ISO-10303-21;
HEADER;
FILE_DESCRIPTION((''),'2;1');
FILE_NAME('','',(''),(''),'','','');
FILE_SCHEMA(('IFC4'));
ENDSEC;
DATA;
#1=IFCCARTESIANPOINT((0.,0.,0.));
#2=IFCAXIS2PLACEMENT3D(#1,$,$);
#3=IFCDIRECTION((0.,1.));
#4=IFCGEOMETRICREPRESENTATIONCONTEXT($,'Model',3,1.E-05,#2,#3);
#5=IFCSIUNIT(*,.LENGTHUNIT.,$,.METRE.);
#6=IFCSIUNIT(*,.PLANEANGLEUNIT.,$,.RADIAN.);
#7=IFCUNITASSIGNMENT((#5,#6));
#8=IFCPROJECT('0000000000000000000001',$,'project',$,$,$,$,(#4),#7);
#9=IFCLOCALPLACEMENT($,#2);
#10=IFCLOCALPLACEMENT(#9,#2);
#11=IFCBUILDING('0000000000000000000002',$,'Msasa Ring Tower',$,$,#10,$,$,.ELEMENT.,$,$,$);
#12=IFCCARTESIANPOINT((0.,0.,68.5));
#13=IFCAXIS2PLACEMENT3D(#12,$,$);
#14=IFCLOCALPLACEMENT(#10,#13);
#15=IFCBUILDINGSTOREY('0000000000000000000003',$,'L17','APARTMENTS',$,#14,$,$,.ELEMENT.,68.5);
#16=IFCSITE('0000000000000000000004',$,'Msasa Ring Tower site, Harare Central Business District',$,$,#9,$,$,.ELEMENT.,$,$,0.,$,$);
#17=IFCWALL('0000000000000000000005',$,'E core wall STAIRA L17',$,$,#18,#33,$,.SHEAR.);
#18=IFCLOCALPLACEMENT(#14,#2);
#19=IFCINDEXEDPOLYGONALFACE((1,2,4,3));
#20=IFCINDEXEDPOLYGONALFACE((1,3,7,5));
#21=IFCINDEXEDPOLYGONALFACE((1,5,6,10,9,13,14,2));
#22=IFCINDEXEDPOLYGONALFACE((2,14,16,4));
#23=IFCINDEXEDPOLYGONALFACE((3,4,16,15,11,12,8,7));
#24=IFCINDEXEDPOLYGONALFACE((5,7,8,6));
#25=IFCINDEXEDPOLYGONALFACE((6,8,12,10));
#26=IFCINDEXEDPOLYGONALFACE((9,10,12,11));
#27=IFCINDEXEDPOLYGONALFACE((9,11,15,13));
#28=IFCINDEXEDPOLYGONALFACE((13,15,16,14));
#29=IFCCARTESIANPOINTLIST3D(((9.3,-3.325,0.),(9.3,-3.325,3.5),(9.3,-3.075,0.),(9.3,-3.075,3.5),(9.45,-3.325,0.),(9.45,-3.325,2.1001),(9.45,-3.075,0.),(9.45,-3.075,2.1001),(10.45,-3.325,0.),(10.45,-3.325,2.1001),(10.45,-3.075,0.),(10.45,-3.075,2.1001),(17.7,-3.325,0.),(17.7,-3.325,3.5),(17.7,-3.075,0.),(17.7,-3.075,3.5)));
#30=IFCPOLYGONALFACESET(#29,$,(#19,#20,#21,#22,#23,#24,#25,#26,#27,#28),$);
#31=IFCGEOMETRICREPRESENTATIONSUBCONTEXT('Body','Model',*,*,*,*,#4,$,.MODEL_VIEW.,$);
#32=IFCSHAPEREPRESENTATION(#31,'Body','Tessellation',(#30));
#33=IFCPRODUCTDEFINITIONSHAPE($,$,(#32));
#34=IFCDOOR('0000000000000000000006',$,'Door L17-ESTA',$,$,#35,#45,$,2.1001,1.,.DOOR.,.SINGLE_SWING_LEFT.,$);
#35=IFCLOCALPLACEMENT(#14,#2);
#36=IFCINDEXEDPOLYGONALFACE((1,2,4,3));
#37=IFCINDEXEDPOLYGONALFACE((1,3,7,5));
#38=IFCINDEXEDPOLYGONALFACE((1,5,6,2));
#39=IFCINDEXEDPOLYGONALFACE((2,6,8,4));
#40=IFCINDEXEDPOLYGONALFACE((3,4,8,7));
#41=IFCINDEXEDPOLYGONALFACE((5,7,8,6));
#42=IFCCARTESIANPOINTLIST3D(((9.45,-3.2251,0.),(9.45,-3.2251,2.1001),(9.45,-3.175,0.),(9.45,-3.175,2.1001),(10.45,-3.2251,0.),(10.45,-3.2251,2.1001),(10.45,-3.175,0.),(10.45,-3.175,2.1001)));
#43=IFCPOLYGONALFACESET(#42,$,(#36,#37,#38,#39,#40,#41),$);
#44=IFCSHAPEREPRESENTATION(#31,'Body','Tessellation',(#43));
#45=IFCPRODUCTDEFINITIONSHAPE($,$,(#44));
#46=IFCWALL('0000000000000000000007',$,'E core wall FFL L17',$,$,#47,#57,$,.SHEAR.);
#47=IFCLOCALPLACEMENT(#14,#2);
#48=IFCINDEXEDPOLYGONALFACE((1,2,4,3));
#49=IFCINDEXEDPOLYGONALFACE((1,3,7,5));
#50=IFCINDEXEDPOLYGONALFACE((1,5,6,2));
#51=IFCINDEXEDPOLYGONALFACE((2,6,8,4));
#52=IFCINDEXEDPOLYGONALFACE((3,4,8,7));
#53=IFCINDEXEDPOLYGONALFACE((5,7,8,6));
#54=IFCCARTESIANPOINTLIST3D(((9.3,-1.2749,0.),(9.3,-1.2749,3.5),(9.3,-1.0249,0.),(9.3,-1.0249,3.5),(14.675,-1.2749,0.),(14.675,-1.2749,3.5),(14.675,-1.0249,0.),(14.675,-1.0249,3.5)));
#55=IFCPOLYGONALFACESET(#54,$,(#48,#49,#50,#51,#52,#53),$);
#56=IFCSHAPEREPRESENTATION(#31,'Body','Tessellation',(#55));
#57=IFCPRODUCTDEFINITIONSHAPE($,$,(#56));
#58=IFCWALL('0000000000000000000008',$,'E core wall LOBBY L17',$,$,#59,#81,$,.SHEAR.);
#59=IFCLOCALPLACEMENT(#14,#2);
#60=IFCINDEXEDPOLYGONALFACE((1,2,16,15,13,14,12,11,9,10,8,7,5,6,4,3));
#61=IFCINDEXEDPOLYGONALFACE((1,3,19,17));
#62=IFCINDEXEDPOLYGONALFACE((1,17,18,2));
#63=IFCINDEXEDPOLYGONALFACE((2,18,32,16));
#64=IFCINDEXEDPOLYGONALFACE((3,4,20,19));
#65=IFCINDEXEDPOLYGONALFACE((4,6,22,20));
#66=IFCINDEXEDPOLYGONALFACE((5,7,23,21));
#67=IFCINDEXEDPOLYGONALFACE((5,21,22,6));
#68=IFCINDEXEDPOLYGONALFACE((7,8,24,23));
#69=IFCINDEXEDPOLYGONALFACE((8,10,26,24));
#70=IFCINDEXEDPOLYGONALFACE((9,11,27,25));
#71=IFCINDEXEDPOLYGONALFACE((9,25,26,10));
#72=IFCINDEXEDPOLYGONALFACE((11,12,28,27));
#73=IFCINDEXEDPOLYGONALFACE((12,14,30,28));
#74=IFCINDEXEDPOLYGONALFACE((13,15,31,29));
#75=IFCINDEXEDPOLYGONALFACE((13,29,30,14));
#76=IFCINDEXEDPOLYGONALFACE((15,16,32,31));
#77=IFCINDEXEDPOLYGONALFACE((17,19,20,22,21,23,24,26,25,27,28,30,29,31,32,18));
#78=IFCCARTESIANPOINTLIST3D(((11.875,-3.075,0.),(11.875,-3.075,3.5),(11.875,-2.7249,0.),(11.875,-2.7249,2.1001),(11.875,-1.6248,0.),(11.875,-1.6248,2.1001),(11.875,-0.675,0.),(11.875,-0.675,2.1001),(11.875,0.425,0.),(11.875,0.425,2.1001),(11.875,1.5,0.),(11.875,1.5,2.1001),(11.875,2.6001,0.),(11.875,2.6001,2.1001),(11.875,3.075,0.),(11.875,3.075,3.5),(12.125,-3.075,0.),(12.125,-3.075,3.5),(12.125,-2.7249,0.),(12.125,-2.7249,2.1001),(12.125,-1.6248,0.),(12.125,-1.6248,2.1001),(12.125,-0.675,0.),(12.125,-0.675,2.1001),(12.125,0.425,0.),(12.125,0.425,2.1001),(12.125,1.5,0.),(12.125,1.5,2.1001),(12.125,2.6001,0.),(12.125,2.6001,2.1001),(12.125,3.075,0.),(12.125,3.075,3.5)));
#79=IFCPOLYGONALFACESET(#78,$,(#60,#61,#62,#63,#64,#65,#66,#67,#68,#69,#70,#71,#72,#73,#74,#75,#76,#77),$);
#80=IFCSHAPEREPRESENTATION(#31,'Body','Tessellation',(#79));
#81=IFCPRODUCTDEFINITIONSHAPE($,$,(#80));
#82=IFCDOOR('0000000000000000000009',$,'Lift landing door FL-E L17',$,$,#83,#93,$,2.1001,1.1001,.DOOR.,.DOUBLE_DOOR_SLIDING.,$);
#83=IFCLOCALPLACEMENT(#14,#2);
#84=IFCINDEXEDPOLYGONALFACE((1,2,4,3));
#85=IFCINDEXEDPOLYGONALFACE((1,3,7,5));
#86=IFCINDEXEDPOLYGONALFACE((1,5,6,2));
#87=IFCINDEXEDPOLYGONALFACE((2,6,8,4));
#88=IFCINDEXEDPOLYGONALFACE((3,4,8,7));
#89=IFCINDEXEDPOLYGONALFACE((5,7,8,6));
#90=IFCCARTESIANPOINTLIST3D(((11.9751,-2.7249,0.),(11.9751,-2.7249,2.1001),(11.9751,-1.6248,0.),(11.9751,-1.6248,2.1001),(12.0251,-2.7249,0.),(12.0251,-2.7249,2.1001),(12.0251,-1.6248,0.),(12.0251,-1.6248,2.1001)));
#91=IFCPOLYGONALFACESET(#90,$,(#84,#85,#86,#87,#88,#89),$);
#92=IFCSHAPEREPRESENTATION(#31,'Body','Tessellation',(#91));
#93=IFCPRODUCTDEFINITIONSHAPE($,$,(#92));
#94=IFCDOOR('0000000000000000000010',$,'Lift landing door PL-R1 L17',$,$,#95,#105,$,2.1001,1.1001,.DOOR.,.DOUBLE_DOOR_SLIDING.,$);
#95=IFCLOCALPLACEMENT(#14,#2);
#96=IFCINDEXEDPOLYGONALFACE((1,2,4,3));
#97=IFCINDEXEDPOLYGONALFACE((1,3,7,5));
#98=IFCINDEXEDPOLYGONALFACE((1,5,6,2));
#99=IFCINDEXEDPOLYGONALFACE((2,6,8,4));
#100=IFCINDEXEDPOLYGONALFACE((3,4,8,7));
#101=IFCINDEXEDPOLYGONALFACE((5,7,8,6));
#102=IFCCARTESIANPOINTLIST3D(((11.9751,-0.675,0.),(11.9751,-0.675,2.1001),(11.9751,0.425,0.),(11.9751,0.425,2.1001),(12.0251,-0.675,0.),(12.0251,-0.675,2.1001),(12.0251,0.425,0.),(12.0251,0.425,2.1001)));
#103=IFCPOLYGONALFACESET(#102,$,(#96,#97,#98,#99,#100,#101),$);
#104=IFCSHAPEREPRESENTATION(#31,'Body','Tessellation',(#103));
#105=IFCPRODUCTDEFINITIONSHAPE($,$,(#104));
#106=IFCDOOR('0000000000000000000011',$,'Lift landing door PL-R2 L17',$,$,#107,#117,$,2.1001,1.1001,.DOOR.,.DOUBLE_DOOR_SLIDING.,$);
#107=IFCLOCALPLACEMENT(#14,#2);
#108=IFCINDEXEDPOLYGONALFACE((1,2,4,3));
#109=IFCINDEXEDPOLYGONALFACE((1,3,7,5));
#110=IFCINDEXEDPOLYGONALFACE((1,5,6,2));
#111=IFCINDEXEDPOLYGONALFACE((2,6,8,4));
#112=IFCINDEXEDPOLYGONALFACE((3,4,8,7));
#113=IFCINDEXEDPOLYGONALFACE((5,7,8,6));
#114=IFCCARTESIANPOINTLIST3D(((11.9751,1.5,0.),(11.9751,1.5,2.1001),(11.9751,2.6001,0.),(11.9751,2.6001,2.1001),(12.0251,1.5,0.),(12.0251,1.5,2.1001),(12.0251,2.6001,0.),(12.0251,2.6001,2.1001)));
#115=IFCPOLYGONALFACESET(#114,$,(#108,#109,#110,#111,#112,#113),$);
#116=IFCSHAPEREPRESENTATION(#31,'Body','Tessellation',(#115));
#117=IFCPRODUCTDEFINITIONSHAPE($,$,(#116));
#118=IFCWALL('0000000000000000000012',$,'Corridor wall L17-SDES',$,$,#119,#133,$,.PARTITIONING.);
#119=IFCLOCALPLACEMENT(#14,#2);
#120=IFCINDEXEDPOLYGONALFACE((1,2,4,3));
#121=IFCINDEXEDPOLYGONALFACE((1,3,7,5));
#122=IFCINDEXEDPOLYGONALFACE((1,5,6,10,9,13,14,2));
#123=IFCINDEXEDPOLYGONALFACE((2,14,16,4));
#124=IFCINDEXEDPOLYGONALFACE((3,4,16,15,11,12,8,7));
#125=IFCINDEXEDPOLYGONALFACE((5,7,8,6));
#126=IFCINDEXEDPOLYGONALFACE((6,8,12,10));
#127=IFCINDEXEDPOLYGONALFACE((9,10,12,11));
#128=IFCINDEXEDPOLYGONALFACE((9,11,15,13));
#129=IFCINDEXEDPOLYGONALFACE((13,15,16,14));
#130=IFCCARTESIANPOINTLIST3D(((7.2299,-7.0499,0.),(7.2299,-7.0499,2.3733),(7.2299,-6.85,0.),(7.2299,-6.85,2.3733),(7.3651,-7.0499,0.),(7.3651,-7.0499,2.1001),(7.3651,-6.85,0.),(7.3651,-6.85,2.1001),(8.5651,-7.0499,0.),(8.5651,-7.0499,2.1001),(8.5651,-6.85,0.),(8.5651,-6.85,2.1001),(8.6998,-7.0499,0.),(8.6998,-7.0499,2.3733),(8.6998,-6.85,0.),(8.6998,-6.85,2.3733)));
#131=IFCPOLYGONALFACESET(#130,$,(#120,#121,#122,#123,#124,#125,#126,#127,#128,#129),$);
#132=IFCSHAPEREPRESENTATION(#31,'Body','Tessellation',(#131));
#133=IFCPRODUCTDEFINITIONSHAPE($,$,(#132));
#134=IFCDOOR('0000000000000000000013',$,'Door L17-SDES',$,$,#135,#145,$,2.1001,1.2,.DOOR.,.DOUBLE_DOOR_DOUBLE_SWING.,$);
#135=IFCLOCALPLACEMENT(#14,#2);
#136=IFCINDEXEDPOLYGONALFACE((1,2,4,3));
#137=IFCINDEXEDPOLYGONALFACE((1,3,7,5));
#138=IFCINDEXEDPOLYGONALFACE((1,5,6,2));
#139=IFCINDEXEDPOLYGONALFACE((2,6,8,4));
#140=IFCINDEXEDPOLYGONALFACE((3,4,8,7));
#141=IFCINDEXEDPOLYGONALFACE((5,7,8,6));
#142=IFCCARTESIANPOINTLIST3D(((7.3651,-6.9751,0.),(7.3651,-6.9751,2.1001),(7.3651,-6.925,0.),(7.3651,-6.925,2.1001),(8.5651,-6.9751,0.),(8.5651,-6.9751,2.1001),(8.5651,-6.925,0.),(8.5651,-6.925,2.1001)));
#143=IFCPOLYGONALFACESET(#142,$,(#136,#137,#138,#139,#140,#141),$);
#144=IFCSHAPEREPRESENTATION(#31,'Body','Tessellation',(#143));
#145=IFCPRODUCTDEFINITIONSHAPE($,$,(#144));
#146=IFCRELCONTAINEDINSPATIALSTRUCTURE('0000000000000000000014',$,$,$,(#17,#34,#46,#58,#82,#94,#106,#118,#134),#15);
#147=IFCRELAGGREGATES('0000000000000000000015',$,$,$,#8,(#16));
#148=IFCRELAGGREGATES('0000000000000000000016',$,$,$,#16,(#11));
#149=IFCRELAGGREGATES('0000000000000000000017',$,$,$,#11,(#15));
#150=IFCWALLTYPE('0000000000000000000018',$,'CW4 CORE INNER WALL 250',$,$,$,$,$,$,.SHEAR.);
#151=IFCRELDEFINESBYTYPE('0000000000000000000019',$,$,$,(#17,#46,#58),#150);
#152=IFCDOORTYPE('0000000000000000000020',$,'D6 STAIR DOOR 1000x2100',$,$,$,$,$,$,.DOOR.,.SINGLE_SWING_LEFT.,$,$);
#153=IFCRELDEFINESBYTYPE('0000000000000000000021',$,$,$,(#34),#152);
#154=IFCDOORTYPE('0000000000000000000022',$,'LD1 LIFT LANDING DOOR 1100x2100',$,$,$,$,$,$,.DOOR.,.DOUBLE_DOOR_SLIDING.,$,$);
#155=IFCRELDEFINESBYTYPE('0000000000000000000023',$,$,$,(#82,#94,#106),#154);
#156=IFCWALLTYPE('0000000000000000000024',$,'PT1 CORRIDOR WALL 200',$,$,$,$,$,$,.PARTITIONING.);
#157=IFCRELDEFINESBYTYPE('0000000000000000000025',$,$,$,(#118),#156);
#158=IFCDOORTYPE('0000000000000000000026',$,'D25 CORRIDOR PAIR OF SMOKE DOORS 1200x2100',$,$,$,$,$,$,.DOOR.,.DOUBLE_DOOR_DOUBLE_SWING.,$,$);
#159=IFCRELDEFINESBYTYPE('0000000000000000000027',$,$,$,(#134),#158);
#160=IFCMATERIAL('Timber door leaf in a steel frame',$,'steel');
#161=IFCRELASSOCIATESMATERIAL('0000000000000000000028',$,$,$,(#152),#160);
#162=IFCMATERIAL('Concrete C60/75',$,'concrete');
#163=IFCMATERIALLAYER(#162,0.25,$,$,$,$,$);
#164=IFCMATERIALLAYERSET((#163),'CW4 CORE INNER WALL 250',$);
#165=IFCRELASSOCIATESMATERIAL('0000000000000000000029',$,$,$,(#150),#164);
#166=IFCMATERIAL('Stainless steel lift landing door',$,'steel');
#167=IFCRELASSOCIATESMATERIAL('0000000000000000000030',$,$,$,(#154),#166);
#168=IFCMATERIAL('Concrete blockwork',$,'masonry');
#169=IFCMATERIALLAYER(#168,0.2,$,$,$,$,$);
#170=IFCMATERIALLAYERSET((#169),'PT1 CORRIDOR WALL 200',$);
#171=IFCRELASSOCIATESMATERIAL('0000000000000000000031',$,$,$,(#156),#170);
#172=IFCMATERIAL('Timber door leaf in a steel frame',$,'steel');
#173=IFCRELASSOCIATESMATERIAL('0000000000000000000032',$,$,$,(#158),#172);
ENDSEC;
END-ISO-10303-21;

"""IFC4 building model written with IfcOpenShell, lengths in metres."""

from ifc_helpers import new_model, si_unit, direction, frame, frame_2d, origin, place, context, subcontext, project, spatial, rectangle, extrude, material, layer, layer_set, type_object, element, fill, save


model = new_model("IFC4")

# Units and contexts
model_context = context("Model", 3, precision=1e-05, world=origin(), true_north=direction((0.0, 1.0)))
body_context = subcontext(model_context, "Body", "Model", "MODEL_VIEW")
ifc_project = project(units=[si_unit("LENGTHUNIT", "METRE"), si_unit("PLANEANGLEUNIT", "RADIAN")], contexts=[model_context])

# Site, building, storey
site_placement = place(None, origin())
site = spatial("IfcSite", under=ifc_project, at=site_placement, Name="Msasa Ring Tower site, Harare Central Business District", CompositionType="ELEMENT", RefElevation=0.0)
building_placement = place(site_placement, origin())
building = spatial("IfcBuilding", under=site, at=building_placement, Name="Msasa Ring Tower", CompositionType="ELEMENT")
storey_placement = place(building_placement, frame((0.0, 0.0, 68.5)))
storey = spatial("IfcBuildingStorey", under=building, at=storey_placement, Name="L17", Description="APARTMENTS", CompositionType="ELEMENT", Elevation=68.5)

# Shared definitions
ifc_material_1 = material(Name="Timber door leaf in a steel frame", Category="steel")
door_type_1 = type_object("IfcDoorType", Name="D6 STAIR DOOR 1000x2100", OperationType="SINGLE_SWING_LEFT", PredefinedType="DOOR", material=ifc_material_1)

# Wall, opening, door
ifc_material_2 = material(Name="Concrete C60/75", Category="concrete")
ifc_layer_1 = layer(ifc_material_2, 0.25)
ifc_layer_set_1 = layer_set([ifc_layer_1], Name="CW4 CORE INNER WALL 250")
wall_type_1 = type_object("IfcWallType", Name="CW4 CORE INNER WALL 250", PredefinedType="SHEAR", material=ifc_layer_set_1)
wall_1_placement = place(storey_placement, frame((9.3, -3.2, 0.0), z_axis=(0.0, 0.0, 1.0), x_axis=(1.0, 0.0, 0.0)))
wall_1 = element("IfcWall", 1, at=wall_1_placement, inside=storey, type_object=wall_type_1, Name="E core wall STAIRA L17", PredefinedType="SHEAR", context=body_context, shape_type="SweptSolid", body=[
    extrude(rectangle(XDim=8.3999, YDim=0.25, at=frame_2d((4.2, 0.0))), origin(), (0.0, 0.0, 1.0), 3.5),
])
opening_1_placement = place(wall_1_placement, frame((0.1499, 0.0, 0.0)))
opening_1 = element("IfcOpeningElement", 2, at=opening_1_placement, cuts=wall_1, PredefinedType="OPENING", context=body_context, shape_type="SweptSolid", body=[
    extrude(rectangle(XDim=1.0, YDim=2.1001, at=frame_2d((0.5, 1.05))), frame((0.0, 0.135, 0.0), z_axis=(0.0, -1.0, 0.0), x_axis=(1.0, 0.0, 0.0)), (0.0, 0.0, 1.0), 0.27),
])
door_1_placement = place(opening_1_placement, origin())
door_1 = element("IfcDoor", 3, at=door_1_placement, inside=storey, type_object=door_type_1, Name="Door L17-ESTA", OperationType="SINGLE_SWING_LEFT", OverallHeight=2.1001, OverallWidth=1.0, PredefinedType="DOOR", context=body_context, shape_type="SweptSolid", body=[
    extrude(rectangle(XDim=1.0, YDim=2.1001, at=frame_2d((0.5, 1.05))), frame((0.0, 0.0249, 0.0), z_axis=(0.0, -1.0, 0.0), x_axis=(1.0, 0.0, 0.0)), (0.0, 0.0, 1.0), 0.05),
])
fill(opening_1, door_1)

# Wall
wall_2_placement = place(storey_placement, frame((9.3, -1.1499, 0.0), z_axis=(0.0, 0.0, 1.0), x_axis=(1.0, 0.0, 0.0)))
element("IfcWall", 4, at=wall_2_placement, inside=storey, type_object=wall_type_1, Name="E core wall FFL L17", PredefinedType="SHEAR", context=body_context, shape_type="SweptSolid", body=[
    extrude(rectangle(XDim=5.375, YDim=0.25, at=frame_2d((2.6875, 0.0))), origin(), (0.0, 0.0, 1.0), 3.5),
])

# Wall, openings, doors
wall_3_placement = place(storey_placement, frame((12.0, -3.075, 0.0), z_axis=(0.0, 0.0, 1.0), x_axis=(0.0, 1.0, 0.0)))
wall_3 = element("IfcWall", 5, at=wall_3_placement, inside=storey, type_object=wall_type_1, Name="E core wall LOBBY L17", PredefinedType="SHEAR", context=body_context, shape_type="SweptSolid", body=[
    extrude(rectangle(XDim=6.1499, YDim=0.25, at=frame_2d((3.075, 0.0))), origin(), (0.0, 0.0, 1.0), 3.5),
])
opening_2_placement = place(wall_3_placement, frame((0.3501, 0.0, 0.0)))
opening_2 = element("IfcOpeningElement", 6, at=opening_2_placement, cuts=wall_3, PredefinedType="OPENING", context=body_context, shape_type="SweptSolid", body=[
    extrude(rectangle(XDim=1.1001, YDim=2.1001, at=frame_2d((0.55, 1.05))), frame((0.0, 0.135, 0.0), z_axis=(0.0, -1.0, 0.0), x_axis=(1.0, 0.0, 0.0)), (0.0, 0.0, 1.0), 0.27),
])
opening_3_placement = place(wall_3_placement, frame((2.3999, 0.0, 0.0)))
opening_3 = element("IfcOpeningElement", 7, at=opening_3_placement, cuts=wall_3, PredefinedType="OPENING", context=body_context, shape_type="SweptSolid", body=[
    extrude(rectangle(XDim=1.1001, YDim=2.1001, at=frame_2d((0.55, 1.05))), frame((0.0, 0.135, 0.0), z_axis=(0.0, -1.0, 0.0), x_axis=(1.0, 0.0, 0.0)), (0.0, 0.0, 1.0), 0.27),
])
opening_4_placement = place(wall_3_placement, frame((4.575, 0.0, 0.0)))
opening_4 = element("IfcOpeningElement", 8, at=opening_4_placement, cuts=wall_3, PredefinedType="OPENING", context=body_context, shape_type="SweptSolid", body=[
    extrude(rectangle(XDim=1.1001, YDim=2.1001, at=frame_2d((0.55, 1.05))), frame((0.0, 0.135, 0.0), z_axis=(0.0, -1.0, 0.0), x_axis=(1.0, 0.0, 0.0)), (0.0, 0.0, 1.0), 0.27),
])
ifc_material_3 = material(Name="Stainless steel lift landing door", Category="steel")
door_type_2 = type_object("IfcDoorType", Name="LD1 LIFT LANDING DOOR 1100x2100", OperationType="DOUBLE_DOOR_SLIDING", PredefinedType="DOOR", material=ifc_material_3)
door_2_placement = place(opening_2_placement, origin())
door_2 = element("IfcDoor", 9, at=door_2_placement, inside=storey, type_object=door_type_2, Name="Lift landing door FL-E L17", OperationType="DOUBLE_DOOR_SLIDING", OverallHeight=2.1001, OverallWidth=1.1001, PredefinedType="DOOR", context=body_context, shape_type="SweptSolid", body=[
    extrude(rectangle(XDim=1.1001, YDim=2.1001, at=frame_2d((0.55, 1.05))), frame((0.0, 0.0249, 0.0), z_axis=(0.0, -1.0, 0.0), x_axis=(1.0, 0.0, 0.0)), (0.0, 0.0, 1.0), 0.05),
])
fill(opening_2, door_2)
door_3_placement = place(opening_3_placement, origin())
door_3 = element("IfcDoor", 10, at=door_3_placement, inside=storey, type_object=door_type_2, Name="Lift landing door PL-R1 L17", OperationType="DOUBLE_DOOR_SLIDING", OverallHeight=2.1001, OverallWidth=1.1001, PredefinedType="DOOR", context=body_context, shape_type="SweptSolid", body=[
    extrude(rectangle(XDim=1.1001, YDim=2.1001, at=frame_2d((0.55, 1.05))), frame((0.0, 0.0249, 0.0), z_axis=(0.0, -1.0, 0.0), x_axis=(1.0, 0.0, 0.0)), (0.0, 0.0, 1.0), 0.05),
])
fill(opening_3, door_3)
door_4_placement = place(opening_4_placement, origin())
door_4 = element("IfcDoor", 11, at=door_4_placement, inside=storey, type_object=door_type_2, Name="Lift landing door PL-R2 L17", OperationType="DOUBLE_DOOR_SLIDING", OverallHeight=2.1001, OverallWidth=1.1001, PredefinedType="DOOR", context=body_context, shape_type="SweptSolid", body=[
    extrude(rectangle(XDim=1.1001, YDim=2.1001, at=frame_2d((0.55, 1.05))), frame((0.0, 0.0249, 0.0), z_axis=(0.0, -1.0, 0.0), x_axis=(1.0, 0.0, 0.0)), (0.0, 0.0, 1.0), 0.05),
])
fill(opening_4, door_4)

# Wall, opening, door
ifc_material_4 = material(Name="Concrete blockwork", Category="masonry")
ifc_layer_2 = layer(ifc_material_4, 0.2)
ifc_layer_set_2 = layer_set([ifc_layer_2], Name="PT1 CORRIDOR WALL 200")
wall_type_2 = type_object("IfcWallType", Name="PT1 CORRIDOR WALL 200", PredefinedType="PARTITIONING", material=ifc_layer_set_2)
wall_4_placement = place(storey_placement, frame((7.23, -6.95, 0.0), z_axis=(0.0, 0.0, 1.0), x_axis=(1.0, 0.0, 0.0)))
wall_4 = element("IfcWall", 12, at=wall_4_placement, inside=storey, type_object=wall_type_2, Name="Corridor wall L17-SDES", PredefinedType="PARTITIONING", context=body_context, shape_type="SweptSolid", body=[
    extrude(rectangle(XDim=1.47, YDim=0.2, at=frame_2d((0.7349, 0.0))), origin(), (0.0, 0.0, 1.0), 2.3733),
])
opening_5_placement = place(wall_4_placement, frame((0.135, 0.0, 0.0)))
opening_5 = element("IfcOpeningElement", 13, at=opening_5_placement, cuts=wall_4, PredefinedType="OPENING", context=body_context, shape_type="SweptSolid", body=[
    extrude(rectangle(XDim=1.2, YDim=2.1001, at=frame_2d((0.6001, 1.05))), frame((0.0, 0.1099, 0.0), z_axis=(0.0, -1.0, 0.0), x_axis=(1.0, 0.0, 0.0)), (0.0, 0.0, 1.0), 0.22),
])
ifc_material_5 = material(Name="Timber door leaf in a steel frame", Category="steel")
door_type_3 = type_object("IfcDoorType", Name="D25 CORRIDOR PAIR OF SMOKE DOORS 1200x2100", OperationType="DOUBLE_DOOR_DOUBLE_SWING", PredefinedType="DOOR", material=ifc_material_5)
door_5_placement = place(opening_5_placement, origin())
door_5 = element("IfcDoor", 14, at=door_5_placement, inside=storey, type_object=door_type_3, Name="Door L17-SDES", OperationType="DOUBLE_DOOR_DOUBLE_SWING", OverallHeight=2.1001, OverallWidth=1.2, PredefinedType="DOOR", context=body_context, shape_type="SweptSolid", body=[
    extrude(rectangle(XDim=1.2, YDim=2.1001, at=frame_2d((0.6001, 1.05))), frame((0.0, 0.0249, 0.0), z_axis=(0.0, -1.0, 0.0), x_axis=(1.0, 0.0, 0.0)), (0.0, 0.0, 1.0), 0.05),
])
fill(opening_5, door_5)

save(model, "model.ifc")
